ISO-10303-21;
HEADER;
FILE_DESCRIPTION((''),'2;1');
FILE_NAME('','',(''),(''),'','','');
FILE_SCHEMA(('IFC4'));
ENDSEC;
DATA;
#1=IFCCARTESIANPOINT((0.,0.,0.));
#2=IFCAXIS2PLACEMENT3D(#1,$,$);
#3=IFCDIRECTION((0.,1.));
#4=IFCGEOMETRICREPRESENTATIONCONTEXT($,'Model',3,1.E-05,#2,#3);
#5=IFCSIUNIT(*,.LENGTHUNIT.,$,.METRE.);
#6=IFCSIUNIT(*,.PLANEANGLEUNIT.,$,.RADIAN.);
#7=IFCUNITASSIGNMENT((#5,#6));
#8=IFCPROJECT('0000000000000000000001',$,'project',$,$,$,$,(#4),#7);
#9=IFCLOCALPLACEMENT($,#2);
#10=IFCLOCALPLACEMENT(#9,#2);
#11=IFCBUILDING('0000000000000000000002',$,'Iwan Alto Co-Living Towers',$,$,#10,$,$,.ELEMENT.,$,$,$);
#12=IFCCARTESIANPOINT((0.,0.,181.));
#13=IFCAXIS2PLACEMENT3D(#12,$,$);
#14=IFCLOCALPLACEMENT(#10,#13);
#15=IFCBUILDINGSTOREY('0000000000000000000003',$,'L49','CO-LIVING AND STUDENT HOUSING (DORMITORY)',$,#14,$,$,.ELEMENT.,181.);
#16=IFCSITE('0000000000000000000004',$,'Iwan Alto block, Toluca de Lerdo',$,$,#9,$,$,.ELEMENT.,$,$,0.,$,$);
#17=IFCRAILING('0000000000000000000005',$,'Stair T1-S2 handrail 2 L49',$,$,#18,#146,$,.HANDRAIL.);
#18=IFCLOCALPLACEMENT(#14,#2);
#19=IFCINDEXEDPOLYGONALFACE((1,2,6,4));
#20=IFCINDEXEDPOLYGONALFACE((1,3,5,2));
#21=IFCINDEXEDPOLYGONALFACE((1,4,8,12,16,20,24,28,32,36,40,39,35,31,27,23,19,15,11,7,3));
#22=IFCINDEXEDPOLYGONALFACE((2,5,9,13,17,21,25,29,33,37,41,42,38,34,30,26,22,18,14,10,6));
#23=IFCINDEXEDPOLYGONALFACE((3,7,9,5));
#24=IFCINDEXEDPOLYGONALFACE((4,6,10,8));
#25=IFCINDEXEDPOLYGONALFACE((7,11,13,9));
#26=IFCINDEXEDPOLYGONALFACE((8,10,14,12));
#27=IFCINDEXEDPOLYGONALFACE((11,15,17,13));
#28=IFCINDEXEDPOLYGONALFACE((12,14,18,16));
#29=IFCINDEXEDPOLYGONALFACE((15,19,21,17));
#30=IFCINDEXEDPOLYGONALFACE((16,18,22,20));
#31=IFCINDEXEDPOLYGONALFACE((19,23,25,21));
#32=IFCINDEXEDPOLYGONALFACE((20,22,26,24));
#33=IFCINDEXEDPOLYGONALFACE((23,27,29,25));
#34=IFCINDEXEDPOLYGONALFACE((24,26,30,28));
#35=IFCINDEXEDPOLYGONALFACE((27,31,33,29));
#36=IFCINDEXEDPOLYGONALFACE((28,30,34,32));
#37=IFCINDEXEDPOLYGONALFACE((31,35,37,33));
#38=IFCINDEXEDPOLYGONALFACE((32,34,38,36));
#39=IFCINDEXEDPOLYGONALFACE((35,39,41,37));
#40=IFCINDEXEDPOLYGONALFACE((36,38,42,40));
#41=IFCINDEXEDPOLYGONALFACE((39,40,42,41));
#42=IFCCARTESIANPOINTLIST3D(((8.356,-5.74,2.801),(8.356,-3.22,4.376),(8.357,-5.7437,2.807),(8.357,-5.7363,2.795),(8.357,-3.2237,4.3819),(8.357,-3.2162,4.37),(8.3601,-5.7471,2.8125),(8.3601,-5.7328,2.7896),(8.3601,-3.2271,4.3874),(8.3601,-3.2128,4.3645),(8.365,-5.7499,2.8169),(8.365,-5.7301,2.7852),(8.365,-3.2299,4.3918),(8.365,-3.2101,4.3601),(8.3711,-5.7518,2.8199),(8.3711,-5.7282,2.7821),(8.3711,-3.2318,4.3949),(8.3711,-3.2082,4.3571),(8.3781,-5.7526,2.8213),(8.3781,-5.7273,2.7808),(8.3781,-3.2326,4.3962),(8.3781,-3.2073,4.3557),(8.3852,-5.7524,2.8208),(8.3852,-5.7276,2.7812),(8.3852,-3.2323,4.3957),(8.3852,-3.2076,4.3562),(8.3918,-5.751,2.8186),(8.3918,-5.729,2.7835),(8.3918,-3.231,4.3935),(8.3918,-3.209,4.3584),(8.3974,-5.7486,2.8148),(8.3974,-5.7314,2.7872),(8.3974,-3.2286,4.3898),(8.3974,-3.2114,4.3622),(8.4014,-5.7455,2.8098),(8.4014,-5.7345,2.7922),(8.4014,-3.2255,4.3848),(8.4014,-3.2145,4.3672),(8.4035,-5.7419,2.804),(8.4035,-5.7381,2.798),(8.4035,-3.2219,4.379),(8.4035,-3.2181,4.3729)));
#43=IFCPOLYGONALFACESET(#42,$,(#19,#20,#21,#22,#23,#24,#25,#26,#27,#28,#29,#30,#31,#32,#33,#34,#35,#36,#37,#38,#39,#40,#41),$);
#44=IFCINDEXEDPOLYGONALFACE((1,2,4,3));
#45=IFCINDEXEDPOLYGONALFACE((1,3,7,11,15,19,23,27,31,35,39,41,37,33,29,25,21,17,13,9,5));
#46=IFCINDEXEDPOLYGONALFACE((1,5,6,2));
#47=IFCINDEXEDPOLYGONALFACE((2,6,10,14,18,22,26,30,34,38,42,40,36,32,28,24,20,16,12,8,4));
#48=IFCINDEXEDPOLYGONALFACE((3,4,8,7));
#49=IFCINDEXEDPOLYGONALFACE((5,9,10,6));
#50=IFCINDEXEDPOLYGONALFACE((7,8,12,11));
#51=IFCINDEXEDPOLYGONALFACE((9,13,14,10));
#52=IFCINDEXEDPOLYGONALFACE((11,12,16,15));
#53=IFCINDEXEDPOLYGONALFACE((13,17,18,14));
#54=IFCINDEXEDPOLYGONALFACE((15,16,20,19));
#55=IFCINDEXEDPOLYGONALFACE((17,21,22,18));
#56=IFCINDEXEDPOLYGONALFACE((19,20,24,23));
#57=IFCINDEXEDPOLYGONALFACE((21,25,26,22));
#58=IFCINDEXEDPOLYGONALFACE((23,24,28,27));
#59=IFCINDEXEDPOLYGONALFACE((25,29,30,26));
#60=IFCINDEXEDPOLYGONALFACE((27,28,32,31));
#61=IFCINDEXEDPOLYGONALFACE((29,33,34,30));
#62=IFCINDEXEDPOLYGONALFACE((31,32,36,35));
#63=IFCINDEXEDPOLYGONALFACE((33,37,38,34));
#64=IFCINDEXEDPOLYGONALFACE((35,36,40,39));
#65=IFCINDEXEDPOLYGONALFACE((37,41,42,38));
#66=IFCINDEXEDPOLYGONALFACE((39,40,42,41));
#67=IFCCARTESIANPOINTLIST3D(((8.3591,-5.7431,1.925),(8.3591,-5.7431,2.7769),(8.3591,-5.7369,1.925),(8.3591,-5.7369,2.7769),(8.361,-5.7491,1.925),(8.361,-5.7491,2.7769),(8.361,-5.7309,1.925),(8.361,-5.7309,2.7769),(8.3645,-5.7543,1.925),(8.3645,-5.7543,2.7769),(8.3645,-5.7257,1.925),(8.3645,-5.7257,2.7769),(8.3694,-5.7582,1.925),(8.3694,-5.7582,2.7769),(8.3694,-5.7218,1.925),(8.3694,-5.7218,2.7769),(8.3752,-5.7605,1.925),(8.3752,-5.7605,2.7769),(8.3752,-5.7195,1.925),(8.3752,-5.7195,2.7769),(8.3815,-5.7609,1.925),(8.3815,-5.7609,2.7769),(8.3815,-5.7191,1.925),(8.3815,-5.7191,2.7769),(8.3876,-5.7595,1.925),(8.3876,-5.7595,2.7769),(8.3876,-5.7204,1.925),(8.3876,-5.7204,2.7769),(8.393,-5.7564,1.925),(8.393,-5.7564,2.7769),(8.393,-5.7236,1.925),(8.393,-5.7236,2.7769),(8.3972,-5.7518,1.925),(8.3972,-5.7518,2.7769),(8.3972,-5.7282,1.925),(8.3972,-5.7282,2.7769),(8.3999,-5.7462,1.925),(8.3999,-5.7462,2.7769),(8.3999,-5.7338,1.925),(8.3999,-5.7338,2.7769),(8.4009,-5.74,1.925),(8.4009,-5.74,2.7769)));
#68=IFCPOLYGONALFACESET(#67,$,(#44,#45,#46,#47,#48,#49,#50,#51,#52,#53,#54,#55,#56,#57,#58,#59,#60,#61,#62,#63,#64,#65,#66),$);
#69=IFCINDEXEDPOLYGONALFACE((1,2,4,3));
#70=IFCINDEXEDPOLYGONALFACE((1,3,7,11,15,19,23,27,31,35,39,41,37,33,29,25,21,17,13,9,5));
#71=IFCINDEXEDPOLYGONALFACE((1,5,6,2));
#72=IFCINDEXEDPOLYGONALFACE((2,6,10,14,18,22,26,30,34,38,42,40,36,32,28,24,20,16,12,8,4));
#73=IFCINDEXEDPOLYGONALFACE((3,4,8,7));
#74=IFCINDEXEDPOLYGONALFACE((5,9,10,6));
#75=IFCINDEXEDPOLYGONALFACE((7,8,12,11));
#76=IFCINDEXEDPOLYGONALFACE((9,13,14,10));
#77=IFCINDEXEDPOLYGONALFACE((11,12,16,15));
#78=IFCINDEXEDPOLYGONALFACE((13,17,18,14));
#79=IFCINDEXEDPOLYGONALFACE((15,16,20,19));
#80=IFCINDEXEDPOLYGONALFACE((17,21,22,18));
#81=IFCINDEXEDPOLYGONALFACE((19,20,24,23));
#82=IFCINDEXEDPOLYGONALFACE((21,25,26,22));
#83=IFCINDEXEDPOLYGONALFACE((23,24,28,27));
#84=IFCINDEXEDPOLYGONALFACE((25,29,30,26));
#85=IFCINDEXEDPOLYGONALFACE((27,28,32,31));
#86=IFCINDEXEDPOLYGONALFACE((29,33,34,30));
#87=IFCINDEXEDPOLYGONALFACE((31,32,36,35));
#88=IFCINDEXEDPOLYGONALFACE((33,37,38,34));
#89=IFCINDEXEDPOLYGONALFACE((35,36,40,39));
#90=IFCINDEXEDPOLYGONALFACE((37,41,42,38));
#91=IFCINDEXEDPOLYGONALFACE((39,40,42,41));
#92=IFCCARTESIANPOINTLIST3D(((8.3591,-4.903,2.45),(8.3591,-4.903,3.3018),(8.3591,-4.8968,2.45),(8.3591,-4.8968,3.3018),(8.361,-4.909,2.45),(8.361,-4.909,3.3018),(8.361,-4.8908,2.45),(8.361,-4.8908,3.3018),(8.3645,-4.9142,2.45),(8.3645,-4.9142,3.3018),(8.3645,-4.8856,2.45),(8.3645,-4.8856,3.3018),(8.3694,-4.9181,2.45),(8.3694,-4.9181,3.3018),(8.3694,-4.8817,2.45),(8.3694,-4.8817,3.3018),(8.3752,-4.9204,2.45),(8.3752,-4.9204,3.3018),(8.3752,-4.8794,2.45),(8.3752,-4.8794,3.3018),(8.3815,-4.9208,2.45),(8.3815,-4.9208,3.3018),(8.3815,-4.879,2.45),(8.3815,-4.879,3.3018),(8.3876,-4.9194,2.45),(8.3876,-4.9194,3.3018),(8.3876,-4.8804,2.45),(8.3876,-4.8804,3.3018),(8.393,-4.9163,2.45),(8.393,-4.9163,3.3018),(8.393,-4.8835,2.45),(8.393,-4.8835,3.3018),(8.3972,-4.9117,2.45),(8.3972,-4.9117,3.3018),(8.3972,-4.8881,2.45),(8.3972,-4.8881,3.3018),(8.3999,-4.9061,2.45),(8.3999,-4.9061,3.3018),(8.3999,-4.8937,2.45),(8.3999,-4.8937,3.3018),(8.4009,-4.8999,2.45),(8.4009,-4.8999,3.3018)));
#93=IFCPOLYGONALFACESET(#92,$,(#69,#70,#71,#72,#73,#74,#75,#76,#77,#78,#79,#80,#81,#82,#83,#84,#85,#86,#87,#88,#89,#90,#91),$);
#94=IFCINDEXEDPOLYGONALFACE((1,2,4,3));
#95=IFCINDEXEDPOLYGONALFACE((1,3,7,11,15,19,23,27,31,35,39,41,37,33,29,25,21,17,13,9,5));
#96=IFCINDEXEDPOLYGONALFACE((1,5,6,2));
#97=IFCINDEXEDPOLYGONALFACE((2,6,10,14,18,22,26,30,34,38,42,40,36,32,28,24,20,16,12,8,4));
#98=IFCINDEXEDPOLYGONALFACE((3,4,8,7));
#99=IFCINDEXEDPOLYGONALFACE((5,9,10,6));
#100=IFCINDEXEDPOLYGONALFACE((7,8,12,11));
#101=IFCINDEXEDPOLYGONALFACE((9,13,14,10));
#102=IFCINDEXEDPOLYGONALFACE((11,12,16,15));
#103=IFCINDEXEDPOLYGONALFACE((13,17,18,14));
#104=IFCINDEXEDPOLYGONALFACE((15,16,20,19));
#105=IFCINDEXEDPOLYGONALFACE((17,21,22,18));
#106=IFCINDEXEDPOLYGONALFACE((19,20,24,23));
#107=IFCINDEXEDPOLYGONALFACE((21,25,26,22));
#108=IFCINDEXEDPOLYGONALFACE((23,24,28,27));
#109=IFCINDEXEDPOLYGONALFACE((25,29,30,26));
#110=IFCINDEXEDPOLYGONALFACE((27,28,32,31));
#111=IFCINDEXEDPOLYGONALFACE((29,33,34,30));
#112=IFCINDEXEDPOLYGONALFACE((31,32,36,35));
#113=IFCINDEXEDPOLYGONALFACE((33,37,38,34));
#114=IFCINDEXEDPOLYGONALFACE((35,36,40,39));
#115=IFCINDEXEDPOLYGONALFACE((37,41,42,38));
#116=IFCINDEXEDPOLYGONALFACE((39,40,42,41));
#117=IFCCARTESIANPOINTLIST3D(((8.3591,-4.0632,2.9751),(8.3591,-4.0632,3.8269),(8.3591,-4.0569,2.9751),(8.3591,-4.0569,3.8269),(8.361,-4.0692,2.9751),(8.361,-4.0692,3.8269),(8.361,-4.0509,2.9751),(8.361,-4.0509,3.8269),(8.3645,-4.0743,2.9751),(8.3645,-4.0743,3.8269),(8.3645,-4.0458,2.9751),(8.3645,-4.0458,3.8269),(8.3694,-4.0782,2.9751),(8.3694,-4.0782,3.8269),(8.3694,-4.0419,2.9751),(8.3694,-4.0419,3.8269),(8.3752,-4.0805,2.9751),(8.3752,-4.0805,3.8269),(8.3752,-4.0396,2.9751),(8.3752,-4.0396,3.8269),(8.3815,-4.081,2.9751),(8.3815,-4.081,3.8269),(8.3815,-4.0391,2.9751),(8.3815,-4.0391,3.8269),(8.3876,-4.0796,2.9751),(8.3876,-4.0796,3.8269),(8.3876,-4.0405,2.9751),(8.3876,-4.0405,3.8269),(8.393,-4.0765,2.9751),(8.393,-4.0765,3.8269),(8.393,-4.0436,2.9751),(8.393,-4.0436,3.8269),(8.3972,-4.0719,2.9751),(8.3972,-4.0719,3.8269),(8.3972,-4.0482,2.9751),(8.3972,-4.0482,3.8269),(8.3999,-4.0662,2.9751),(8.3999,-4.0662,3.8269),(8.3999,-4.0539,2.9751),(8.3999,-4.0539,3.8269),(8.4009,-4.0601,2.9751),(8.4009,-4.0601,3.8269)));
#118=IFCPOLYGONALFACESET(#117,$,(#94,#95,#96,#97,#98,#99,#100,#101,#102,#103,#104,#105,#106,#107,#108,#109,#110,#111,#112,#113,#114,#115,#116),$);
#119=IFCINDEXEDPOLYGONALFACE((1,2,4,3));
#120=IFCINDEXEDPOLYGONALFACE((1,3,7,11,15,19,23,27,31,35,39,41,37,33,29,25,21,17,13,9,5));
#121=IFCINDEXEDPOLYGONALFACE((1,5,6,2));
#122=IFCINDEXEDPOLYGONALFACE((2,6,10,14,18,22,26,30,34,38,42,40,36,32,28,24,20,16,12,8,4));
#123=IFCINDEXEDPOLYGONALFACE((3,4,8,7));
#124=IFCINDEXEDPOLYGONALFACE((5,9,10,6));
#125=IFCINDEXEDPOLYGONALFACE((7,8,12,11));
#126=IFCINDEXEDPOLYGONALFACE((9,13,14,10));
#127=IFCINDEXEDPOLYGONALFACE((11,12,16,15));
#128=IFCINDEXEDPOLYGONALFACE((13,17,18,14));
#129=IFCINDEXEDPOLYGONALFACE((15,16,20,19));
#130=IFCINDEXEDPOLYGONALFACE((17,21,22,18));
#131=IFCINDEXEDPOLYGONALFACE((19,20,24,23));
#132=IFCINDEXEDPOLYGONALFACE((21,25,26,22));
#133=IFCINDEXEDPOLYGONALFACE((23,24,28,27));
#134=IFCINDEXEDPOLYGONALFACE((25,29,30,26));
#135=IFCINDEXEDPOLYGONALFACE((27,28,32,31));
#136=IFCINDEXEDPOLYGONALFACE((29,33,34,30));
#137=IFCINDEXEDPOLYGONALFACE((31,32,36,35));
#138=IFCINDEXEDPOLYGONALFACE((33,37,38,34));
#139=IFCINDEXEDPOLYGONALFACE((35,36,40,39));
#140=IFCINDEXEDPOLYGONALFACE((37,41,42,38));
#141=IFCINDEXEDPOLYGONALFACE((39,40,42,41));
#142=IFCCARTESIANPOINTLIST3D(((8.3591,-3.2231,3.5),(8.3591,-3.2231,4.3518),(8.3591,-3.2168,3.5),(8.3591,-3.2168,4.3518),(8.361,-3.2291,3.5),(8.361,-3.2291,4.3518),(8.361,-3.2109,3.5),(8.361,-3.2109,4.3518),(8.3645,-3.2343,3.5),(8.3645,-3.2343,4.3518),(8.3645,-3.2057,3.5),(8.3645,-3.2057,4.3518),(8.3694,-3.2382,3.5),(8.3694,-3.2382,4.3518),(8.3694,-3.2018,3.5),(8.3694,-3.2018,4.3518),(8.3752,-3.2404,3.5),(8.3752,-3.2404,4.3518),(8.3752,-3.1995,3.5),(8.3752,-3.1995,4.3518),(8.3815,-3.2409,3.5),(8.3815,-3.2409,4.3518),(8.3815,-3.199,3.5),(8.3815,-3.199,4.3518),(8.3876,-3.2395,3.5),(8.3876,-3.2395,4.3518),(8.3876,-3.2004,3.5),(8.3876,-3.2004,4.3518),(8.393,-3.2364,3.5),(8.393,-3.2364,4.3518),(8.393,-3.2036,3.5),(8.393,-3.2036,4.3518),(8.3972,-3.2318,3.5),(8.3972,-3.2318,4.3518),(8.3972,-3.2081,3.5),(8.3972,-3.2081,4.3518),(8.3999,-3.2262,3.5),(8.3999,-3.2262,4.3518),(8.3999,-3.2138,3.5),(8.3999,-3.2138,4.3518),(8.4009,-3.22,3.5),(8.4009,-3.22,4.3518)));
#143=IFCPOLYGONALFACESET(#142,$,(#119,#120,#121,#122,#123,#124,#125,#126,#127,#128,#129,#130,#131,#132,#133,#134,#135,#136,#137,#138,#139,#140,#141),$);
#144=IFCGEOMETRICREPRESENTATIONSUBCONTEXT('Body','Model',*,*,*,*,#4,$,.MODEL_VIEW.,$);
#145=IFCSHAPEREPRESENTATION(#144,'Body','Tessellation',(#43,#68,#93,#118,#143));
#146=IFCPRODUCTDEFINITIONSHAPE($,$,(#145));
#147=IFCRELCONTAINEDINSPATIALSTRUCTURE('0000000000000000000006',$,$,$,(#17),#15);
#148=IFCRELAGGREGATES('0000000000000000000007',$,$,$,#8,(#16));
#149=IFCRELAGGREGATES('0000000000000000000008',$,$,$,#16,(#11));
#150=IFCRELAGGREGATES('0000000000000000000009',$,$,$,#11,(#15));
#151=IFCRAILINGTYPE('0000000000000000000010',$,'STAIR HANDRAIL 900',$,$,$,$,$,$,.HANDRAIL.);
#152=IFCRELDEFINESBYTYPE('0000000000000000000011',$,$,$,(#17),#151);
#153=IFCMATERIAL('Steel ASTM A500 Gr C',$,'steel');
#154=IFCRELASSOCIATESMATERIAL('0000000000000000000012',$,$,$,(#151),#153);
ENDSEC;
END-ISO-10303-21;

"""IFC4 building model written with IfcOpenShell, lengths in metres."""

from ifc_helpers import new_model, si_unit, direction, frame, origin, origin_2d, place, context, subcontext, project, spatial, circle, extrude, material, type_object, element, save


model = new_model("IFC4")

# Units and contexts
model_context = context("Model", 3, precision=1e-05, world=origin(), true_north=direction((0.0, 1.0)))
body_context = subcontext(model_context, "Body", "Model", "MODEL_VIEW")
ifc_project = project(units=[si_unit("LENGTHUNIT", "METRE"), si_unit("PLANEANGLEUNIT", "RADIAN")], contexts=[model_context])

# Site, building, storey
site_placement = place(None, origin())
site = spatial("IfcSite", under=ifc_project, at=site_placement, Name="Iwan Alto block, Toluca de Lerdo", CompositionType="ELEMENT", RefElevation=0.0)
building_placement = place(site_placement, origin())
building = spatial("IfcBuilding", under=site, at=building_placement, Name="Iwan Alto Co-Living Towers", CompositionType="ELEMENT")
storey_placement = place(building_placement, frame((0.0, 0.0, 181.0)))
storey = spatial("IfcBuildingStorey", under=building, at=storey_placement, Name="L49", Description="CO-LIVING AND STUDENT HOUSING (DORMITORY)", CompositionType="ELEMENT", Elevation=181.0)

# Railing
ifc_material_1 = material(Name="Steel ASTM A500 Gr C", Category="steel")
railing_type_1 = type_object("IfcRailingType", Name="STAIR HANDRAIL 900", PredefinedType="HANDRAIL", material=ifc_material_1)
railing_1_placement = place(storey_placement, frame((8.3799, -5.74, 1.925)))
element("IfcRailing", 1, at=railing_1_placement, inside=storey, type_object=railing_type_1, Name="Stair T1-S2 handrail 2 L49", PredefinedType="HANDRAIL", context=body_context, shape_type="SweptSolid", body=[
    extrude(circle(Radius=0.0239, at=origin_2d()), frame((0.0, 0.0, 0.876), z_axis=(0.0, 0.848008, 0.529984), x_axis=(-1.0, 0.0, 0.0)), (0.0, 0.0, 1.0), 2.9717),
    extrude(circle(Radius=0.021, at=origin_2d()), origin(), (0.0, 0.0, 1.0), 0.8518),
    extrude(circle(Radius=0.021, at=origin_2d()), frame((0.0, 0.8401, 0.5249)), (0.0, 0.0, 1.0), 0.8518),
    extrude(circle(Radius=0.021, at=origin_2d()), frame((0.0, 1.6799, 1.05)), (0.0, 0.0, 1.0), 0.8518),
    extrude(circle(Radius=0.021, at=origin_2d()), frame((0.0, 2.52, 1.575)), (0.0, 0.0, 1.0), 0.8518),
])

save(model, "model.ifc")
